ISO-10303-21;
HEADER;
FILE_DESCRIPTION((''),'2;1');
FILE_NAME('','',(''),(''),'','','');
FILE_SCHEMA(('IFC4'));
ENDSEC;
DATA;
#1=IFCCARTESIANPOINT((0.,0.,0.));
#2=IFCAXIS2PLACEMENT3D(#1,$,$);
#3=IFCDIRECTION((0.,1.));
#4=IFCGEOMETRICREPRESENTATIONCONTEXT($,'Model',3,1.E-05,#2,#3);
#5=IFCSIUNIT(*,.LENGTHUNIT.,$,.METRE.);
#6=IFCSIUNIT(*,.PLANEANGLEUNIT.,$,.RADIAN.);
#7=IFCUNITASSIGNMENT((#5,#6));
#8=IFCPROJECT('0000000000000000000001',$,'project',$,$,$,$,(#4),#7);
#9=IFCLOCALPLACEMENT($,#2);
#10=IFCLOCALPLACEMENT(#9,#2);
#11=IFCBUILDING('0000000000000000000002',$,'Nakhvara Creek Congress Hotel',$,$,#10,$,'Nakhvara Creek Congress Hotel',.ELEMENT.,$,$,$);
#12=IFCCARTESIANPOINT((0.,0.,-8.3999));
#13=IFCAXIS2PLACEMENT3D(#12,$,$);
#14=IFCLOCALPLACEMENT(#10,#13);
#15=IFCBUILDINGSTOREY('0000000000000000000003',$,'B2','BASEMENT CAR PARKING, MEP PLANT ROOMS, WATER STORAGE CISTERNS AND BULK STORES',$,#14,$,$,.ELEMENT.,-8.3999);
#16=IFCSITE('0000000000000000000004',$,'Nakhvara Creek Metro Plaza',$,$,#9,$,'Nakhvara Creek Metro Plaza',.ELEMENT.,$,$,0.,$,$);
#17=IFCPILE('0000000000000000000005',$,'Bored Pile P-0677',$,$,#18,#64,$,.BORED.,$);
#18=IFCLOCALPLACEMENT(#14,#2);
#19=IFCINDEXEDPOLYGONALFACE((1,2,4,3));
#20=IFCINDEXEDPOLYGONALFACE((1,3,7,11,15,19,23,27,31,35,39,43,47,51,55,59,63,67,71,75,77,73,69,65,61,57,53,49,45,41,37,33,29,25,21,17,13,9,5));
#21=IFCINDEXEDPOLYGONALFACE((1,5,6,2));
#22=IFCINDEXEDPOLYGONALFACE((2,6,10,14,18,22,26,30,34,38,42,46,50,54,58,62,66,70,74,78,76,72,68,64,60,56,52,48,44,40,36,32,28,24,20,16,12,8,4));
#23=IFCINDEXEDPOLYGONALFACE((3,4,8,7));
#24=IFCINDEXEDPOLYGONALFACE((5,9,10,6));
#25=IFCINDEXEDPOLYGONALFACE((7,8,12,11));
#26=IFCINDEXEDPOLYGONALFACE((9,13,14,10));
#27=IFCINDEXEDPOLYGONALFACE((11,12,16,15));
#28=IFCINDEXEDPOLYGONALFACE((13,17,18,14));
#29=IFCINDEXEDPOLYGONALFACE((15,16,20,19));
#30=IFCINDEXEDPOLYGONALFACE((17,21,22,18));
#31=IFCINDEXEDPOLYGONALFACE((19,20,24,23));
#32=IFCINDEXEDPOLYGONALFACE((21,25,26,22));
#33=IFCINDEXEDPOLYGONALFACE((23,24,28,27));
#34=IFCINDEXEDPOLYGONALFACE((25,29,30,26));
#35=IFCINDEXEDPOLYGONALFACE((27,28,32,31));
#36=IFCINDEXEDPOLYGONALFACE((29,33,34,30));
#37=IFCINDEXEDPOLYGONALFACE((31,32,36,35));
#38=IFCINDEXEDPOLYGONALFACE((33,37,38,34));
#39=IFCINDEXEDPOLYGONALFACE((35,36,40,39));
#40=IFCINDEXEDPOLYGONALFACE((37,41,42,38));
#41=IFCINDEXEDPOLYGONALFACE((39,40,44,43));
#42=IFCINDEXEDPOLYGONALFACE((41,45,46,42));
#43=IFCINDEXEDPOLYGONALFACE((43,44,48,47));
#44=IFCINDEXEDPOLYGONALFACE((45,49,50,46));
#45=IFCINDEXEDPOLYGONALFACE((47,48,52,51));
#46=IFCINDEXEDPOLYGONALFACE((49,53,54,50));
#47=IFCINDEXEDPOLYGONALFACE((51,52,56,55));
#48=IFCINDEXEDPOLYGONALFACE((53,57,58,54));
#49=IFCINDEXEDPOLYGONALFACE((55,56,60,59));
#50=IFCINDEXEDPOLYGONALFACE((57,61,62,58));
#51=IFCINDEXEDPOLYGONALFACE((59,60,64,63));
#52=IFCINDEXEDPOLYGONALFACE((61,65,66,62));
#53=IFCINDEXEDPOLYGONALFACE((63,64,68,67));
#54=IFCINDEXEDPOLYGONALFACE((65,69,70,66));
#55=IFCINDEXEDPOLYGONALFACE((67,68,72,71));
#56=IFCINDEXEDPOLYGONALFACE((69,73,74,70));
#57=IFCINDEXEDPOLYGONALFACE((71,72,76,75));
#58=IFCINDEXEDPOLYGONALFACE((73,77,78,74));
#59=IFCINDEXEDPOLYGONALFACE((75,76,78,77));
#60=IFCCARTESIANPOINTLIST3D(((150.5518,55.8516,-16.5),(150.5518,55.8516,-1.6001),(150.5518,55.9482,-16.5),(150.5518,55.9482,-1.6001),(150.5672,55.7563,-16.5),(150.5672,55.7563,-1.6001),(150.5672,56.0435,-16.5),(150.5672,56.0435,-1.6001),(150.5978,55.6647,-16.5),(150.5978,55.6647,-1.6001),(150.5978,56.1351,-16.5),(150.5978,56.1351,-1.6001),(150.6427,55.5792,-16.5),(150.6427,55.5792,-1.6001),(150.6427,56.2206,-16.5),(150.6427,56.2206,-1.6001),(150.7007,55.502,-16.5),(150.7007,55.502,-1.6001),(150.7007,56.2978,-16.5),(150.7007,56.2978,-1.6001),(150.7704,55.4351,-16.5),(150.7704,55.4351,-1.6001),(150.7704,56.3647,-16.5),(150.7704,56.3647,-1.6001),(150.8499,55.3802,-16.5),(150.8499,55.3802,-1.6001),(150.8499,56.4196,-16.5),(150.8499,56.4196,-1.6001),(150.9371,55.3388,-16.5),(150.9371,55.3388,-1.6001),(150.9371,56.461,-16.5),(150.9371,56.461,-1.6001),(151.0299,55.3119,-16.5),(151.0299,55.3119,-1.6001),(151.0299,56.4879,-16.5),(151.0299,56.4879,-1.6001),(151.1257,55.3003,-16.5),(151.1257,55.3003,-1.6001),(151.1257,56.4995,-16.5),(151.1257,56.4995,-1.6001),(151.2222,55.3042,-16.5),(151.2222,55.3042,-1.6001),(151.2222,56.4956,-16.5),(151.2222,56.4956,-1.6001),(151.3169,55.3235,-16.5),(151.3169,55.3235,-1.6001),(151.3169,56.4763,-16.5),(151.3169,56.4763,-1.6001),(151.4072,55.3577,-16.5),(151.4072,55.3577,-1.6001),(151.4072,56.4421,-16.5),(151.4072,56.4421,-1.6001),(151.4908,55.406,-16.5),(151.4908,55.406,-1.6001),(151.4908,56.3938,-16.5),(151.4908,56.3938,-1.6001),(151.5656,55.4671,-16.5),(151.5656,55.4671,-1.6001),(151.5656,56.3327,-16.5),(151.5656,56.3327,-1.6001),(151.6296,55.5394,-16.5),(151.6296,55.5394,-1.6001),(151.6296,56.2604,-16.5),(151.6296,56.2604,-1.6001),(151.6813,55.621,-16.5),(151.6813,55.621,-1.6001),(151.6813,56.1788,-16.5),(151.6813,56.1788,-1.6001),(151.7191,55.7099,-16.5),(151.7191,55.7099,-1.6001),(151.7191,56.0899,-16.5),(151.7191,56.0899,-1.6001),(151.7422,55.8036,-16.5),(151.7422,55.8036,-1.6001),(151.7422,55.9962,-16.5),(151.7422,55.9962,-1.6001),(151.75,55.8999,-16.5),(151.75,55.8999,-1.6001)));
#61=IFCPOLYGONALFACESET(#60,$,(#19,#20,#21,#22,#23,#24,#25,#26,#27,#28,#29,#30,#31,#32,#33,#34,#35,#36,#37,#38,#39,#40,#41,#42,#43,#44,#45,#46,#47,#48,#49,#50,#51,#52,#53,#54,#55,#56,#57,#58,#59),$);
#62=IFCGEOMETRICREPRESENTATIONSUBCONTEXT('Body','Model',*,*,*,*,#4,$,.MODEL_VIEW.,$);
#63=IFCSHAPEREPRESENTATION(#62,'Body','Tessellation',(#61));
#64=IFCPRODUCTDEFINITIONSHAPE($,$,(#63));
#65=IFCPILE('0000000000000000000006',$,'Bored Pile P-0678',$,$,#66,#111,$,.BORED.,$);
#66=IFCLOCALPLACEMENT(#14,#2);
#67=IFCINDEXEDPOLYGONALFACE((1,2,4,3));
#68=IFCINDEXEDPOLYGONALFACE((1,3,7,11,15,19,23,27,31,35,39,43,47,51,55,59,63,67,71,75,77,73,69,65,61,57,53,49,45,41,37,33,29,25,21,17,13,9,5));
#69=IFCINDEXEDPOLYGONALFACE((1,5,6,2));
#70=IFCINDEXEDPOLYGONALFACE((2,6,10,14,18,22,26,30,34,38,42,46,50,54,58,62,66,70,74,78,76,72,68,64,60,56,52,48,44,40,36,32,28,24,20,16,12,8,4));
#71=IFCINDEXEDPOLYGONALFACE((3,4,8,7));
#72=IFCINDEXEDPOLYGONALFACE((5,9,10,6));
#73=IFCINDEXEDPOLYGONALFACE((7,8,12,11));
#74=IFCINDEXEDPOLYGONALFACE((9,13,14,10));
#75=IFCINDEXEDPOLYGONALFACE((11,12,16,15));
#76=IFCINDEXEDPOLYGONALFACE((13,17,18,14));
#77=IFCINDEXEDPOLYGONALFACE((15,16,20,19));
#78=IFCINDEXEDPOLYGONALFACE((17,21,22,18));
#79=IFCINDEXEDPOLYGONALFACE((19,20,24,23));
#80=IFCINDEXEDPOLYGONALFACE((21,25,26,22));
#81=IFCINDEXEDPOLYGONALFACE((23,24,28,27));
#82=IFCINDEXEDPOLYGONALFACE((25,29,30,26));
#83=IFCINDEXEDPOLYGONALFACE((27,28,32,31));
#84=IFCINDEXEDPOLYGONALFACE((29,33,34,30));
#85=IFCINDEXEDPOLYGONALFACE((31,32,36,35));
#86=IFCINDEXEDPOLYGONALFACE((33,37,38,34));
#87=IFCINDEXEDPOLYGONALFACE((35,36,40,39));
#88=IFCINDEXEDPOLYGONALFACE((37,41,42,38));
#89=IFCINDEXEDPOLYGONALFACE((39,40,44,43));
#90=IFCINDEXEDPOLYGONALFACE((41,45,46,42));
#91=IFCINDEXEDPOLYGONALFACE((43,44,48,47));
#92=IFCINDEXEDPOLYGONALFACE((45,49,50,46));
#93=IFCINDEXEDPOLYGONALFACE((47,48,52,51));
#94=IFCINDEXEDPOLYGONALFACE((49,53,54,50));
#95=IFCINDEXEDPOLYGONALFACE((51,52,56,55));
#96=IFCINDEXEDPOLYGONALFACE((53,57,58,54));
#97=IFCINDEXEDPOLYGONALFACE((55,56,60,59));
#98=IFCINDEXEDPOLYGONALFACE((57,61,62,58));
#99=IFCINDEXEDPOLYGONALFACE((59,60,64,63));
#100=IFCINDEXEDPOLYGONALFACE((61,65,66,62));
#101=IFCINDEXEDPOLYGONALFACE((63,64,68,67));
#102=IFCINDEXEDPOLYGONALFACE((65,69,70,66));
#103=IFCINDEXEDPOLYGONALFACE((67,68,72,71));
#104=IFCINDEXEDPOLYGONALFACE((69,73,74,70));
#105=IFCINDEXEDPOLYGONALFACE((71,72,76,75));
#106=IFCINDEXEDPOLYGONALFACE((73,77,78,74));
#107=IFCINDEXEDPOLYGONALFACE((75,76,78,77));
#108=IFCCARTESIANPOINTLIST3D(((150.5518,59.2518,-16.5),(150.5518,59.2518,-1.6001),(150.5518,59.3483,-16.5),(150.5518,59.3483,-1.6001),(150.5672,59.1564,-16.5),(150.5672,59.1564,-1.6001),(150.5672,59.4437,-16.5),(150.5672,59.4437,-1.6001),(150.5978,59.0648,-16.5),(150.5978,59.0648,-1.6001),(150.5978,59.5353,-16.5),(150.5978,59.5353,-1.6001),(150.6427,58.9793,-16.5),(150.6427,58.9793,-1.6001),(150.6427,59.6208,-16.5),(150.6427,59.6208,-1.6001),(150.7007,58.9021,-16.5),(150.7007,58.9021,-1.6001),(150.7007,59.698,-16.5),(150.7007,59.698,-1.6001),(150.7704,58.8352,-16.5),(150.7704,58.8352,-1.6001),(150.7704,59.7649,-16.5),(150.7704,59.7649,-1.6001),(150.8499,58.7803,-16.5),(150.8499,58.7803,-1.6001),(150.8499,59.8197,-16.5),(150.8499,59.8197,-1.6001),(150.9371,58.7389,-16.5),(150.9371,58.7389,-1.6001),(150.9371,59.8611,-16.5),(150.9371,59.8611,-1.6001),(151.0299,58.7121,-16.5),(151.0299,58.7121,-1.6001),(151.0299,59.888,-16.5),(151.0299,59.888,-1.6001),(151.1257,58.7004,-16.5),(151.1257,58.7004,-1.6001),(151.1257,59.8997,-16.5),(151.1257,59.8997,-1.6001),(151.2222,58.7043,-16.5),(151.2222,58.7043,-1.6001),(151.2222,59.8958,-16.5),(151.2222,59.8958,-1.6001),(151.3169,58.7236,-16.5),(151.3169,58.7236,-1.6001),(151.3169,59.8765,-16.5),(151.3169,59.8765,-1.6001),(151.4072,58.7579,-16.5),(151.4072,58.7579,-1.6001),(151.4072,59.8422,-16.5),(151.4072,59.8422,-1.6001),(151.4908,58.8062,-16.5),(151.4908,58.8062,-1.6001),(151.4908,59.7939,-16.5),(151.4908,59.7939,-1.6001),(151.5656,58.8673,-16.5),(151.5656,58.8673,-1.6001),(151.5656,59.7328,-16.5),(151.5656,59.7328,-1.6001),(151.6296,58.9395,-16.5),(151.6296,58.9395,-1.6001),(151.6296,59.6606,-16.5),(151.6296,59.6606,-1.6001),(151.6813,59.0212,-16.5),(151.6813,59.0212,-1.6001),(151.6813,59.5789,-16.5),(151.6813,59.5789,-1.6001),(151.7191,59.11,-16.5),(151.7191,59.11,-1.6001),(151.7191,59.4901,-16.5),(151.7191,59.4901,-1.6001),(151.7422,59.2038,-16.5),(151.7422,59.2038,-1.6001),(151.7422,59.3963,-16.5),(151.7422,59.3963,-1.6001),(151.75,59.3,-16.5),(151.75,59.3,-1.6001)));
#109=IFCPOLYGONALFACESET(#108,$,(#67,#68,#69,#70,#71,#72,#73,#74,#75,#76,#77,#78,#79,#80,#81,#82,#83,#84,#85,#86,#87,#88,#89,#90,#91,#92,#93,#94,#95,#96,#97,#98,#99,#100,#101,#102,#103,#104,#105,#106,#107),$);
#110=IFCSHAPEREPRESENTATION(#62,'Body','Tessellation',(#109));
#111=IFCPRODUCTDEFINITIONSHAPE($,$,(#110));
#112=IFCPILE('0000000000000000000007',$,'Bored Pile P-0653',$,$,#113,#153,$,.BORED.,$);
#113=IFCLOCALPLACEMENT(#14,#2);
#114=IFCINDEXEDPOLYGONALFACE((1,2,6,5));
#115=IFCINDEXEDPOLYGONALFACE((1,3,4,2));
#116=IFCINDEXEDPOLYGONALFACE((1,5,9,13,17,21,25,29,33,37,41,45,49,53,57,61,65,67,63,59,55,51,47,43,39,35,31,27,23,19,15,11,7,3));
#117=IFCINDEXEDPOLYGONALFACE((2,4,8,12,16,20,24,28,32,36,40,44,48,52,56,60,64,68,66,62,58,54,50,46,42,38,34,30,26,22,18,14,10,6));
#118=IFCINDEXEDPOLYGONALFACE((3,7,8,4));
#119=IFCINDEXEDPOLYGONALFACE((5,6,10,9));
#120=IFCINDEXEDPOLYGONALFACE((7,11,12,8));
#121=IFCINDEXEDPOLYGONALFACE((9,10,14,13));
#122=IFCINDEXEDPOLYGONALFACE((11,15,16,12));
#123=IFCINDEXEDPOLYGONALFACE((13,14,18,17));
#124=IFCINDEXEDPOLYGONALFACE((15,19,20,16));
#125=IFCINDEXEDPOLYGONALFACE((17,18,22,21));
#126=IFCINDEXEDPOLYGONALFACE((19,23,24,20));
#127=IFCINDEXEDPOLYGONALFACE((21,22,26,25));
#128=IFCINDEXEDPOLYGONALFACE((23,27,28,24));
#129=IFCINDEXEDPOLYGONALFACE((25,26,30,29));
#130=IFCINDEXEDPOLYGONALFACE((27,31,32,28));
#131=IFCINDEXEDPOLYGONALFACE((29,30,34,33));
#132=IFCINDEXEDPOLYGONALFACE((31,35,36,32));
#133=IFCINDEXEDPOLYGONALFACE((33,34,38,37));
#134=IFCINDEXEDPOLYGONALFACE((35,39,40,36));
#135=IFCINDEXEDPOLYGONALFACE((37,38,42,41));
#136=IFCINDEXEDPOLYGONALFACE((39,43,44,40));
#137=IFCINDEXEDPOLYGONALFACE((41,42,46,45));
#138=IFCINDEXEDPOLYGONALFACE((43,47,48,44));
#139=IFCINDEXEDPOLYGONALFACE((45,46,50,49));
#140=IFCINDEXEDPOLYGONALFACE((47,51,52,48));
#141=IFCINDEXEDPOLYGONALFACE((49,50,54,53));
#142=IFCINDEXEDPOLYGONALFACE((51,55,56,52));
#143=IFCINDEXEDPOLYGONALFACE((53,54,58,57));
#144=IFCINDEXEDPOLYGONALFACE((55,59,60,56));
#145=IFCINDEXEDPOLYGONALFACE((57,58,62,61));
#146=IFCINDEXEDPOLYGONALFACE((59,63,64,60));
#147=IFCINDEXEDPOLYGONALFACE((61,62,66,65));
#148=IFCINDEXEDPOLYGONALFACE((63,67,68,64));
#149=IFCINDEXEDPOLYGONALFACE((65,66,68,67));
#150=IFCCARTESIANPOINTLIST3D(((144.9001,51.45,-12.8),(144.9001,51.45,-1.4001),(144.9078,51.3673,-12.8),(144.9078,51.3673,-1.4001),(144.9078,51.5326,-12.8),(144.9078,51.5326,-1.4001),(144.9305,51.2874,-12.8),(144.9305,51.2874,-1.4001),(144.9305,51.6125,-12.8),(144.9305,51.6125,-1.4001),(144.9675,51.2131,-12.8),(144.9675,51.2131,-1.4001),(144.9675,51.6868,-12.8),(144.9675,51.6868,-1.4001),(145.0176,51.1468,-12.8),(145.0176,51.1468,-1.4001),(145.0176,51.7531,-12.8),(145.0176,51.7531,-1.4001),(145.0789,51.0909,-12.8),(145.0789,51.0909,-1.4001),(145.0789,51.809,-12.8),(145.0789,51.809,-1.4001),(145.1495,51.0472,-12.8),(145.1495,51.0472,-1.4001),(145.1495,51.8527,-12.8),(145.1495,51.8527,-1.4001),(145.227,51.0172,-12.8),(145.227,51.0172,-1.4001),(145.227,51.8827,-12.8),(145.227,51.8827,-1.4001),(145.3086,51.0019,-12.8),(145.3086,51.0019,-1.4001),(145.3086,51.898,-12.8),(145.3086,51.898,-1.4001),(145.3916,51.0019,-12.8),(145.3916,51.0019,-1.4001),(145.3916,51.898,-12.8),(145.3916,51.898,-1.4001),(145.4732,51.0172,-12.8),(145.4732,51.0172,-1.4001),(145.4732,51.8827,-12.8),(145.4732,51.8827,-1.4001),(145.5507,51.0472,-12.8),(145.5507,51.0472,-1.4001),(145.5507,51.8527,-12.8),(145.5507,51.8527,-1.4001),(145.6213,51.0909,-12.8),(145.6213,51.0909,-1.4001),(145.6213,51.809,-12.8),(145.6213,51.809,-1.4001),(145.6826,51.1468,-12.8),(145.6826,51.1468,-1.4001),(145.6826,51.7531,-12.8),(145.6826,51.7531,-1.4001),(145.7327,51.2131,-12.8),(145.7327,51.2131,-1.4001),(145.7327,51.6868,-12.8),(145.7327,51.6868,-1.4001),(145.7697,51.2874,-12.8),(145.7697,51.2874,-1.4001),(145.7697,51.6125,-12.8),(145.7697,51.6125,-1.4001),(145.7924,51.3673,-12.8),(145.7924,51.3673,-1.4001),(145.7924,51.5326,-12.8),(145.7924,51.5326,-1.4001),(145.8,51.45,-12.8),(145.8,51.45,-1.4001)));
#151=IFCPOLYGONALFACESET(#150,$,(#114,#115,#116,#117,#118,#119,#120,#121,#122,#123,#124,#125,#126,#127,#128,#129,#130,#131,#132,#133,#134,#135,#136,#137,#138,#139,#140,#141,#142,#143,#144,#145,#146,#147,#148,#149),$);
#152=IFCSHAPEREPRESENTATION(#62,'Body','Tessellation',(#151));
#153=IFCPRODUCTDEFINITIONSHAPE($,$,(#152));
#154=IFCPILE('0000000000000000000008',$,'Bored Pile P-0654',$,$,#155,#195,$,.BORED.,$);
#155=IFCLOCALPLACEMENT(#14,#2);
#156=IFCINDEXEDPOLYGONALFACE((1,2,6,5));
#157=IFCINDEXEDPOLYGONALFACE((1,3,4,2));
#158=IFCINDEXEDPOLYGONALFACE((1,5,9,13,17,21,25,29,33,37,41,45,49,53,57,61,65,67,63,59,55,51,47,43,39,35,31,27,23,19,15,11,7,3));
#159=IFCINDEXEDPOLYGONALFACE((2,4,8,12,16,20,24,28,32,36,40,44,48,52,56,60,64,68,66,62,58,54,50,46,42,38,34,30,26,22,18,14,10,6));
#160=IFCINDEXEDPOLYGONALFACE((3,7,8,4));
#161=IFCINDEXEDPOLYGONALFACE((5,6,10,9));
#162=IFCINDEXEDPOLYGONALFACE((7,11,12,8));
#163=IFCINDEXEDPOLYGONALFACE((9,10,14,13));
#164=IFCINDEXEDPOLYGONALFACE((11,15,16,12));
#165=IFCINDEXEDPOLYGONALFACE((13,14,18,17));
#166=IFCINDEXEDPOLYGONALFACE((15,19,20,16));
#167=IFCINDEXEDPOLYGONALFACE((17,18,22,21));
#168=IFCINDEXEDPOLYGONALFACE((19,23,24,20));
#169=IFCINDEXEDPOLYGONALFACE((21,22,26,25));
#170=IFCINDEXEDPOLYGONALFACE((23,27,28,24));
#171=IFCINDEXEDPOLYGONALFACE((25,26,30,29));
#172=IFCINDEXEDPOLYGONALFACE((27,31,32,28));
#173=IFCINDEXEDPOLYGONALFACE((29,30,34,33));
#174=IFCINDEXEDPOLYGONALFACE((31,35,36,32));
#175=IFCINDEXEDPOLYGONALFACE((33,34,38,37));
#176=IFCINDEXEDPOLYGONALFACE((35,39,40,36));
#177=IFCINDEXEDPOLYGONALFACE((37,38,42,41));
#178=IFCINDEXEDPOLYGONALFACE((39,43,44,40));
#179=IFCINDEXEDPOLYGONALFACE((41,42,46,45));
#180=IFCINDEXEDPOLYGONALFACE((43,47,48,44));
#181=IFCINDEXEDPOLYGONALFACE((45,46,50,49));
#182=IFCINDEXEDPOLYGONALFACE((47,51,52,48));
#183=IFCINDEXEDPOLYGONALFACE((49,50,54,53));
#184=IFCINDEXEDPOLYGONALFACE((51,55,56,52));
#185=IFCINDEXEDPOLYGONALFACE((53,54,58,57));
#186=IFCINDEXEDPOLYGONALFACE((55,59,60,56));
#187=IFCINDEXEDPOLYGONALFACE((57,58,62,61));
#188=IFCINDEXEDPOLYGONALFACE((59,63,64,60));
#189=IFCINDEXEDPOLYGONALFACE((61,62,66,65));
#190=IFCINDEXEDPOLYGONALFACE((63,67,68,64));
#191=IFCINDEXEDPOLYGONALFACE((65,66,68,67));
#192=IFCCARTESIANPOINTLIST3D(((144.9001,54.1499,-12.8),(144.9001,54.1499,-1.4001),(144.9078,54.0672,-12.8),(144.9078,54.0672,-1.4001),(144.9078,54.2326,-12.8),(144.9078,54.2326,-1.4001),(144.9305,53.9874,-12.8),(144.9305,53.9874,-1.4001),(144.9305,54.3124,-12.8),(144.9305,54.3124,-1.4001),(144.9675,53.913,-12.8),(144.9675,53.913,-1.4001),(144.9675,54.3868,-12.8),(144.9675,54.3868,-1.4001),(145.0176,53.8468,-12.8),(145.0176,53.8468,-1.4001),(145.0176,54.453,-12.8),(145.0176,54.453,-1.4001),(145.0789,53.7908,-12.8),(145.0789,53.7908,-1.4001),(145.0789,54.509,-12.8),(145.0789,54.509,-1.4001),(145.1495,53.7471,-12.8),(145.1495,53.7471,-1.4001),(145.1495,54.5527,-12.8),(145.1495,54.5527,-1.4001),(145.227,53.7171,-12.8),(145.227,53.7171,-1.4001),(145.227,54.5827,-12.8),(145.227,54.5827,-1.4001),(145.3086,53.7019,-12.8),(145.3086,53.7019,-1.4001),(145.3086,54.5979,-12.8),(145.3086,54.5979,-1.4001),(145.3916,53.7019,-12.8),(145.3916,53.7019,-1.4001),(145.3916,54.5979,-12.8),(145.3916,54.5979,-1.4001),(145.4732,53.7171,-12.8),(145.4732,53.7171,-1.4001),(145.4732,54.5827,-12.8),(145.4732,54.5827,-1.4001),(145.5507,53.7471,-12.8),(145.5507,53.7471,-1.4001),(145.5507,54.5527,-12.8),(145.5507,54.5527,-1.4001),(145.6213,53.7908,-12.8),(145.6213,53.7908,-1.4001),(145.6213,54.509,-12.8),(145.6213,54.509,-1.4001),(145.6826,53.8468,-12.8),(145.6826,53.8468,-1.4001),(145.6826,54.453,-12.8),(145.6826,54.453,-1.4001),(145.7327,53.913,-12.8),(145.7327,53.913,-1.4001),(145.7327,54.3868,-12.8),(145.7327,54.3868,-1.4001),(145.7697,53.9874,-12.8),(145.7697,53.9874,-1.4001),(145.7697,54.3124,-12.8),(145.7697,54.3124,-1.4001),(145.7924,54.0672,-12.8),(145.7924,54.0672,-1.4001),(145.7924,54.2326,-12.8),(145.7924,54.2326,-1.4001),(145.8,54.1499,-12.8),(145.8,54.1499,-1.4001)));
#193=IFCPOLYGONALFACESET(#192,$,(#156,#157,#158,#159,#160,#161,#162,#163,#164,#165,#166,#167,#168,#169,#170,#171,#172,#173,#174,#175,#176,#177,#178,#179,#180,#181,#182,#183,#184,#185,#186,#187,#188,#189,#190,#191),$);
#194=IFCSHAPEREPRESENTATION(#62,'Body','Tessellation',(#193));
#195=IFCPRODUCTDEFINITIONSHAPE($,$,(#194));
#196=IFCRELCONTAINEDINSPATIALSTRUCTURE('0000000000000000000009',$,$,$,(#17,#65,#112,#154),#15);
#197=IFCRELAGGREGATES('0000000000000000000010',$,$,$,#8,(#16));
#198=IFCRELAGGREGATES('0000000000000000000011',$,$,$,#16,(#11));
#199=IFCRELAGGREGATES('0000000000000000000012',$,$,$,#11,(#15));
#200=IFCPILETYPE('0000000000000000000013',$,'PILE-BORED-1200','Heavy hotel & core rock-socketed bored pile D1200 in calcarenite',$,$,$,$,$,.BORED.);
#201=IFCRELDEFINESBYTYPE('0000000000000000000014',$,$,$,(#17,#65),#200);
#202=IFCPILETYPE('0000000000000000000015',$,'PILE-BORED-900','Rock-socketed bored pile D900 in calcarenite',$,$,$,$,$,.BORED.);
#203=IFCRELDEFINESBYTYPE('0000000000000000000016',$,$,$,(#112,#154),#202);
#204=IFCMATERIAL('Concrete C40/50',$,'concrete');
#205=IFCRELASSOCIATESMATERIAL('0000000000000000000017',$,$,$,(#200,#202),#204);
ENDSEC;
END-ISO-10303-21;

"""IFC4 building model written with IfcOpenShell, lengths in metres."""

from ifc_helpers import new_model, si_unit, direction, frame, origin, origin_2d, place, context, subcontext, project, spatial, circle, extrude, material, material_profile, profile_set, type_object, element, save


model = new_model("IFC4")

# Units and contexts
model_context = context("Model", 3, precision=1e-05, world=origin(), true_north=direction((0.0, 1.0)))
body_context = subcontext(model_context, "Body", "Model", "MODEL_VIEW")
ifc_project = project(units=[si_unit("LENGTHUNIT", "METRE"), si_unit("PLANEANGLEUNIT", "RADIAN")], contexts=[model_context])

# Site, building, storey
site_placement = place(None, origin())
site = spatial("IfcSite", under=ifc_project, at=site_placement, Name="Nakhvara Creek Metro Plaza", LongName="Nakhvara Creek Metro Plaza", CompositionType="ELEMENT", RefElevation=0.0)
building_placement = place(site_placement, origin())
building = spatial("IfcBuilding", under=site, at=building_placement, Name="Nakhvara Creek Congress Hotel", LongName="Nakhvara Creek Congress Hotel", CompositionType="ELEMENT")
storey_placement = place(building_placement, frame((0.0, 0.0, -8.3999)))
storey = spatial("IfcBuildingStorey", under=building, at=storey_placement, Name="B2", Description="BASEMENT CAR PARKING, MEP PLANT ROOMS, WATER STORAGE CISTERNS AND BULK STORES", CompositionType="ELEMENT", Elevation=-8.3999)

# Shared definitions
ifc_material_1 = material(Name="Concrete C40/50", Category="concrete")

# Piles
ifc_material_profile_1 = material_profile(ifc_material_1, circle(Radius=0.6001, at=origin_2d()), Name="BORED PILE D1200", Category="LoadBearing")
ifc_profile_set_1 = profile_set([ifc_material_profile_1], Name="Concrete C40/50")
pile_type_1 = type_object("IfcPileType", Name="PILE-BORED-1200", Description="Heavy hotel & core rock-socketed bored pile D1200 in calcarenite", PredefinedType="BORED", material=ifc_profile_set_1)
for number, where, z_axis, x_axis, name in (
    (1, (151.1499, 55.8999, -1.6001), (0.0, 0.0, -1.0), (1.0, 0.0, 0.0), "Bored Pile P-0677"),
    (2, (151.1499, 59.3, -1.6001), (0.0, 0.0, -1.0), (1.0, 0.0, 0.0), "Bored Pile P-0678"),
):
    element("IfcPile", number, at=place(storey_placement, frame(where, z_axis=z_axis, x_axis=x_axis)), inside=storey, type_object=pile_type_1, Name=name, PredefinedType="BORED", context=body_context, shape_type="SweptSolid", body=[
        extrude(circle(Radius=0.6001, at=origin_2d()), origin(), (0.0, 0.0, 1.0), 14.8999),
    ])
ifc_material_profile_2 = material_profile(ifc_material_1, circle(Radius=0.45, at=origin_2d()), Name="BORED PILE D900", Category="LoadBearing")
ifc_profile_set_2 = profile_set([ifc_material_profile_2], Name="Concrete C40/50")
pile_type_2 = type_object("IfcPileType", Name="PILE-BORED-900", Description="Rock-socketed bored pile D900 in calcarenite", PredefinedType="BORED", material=ifc_profile_set_2)
for number, where, z_axis, x_axis, name in (
    (3, (145.3501, 51.45, -1.4001), (0.0, 0.0, -1.0), (1.0, 0.0, 0.0), "Bored Pile P-0653"),
    (4, (145.3501, 54.1499, -1.4001), (0.0, 0.0, -1.0), (1.0, 0.0, 0.0), "Bored Pile P-0654"),
):
    element("IfcPile", number, at=place(storey_placement, frame(where, z_axis=z_axis, x_axis=x_axis)), inside=storey, type_object=pile_type_2, Name=name, PredefinedType="BORED", context=body_context, shape_type="SweptSolid", body=[
        extrude(circle(Radius=0.45, at=origin_2d()), origin(), (0.0, 0.0, 1.0), 11.3999),
    ])

save(model, "model.ifc")
